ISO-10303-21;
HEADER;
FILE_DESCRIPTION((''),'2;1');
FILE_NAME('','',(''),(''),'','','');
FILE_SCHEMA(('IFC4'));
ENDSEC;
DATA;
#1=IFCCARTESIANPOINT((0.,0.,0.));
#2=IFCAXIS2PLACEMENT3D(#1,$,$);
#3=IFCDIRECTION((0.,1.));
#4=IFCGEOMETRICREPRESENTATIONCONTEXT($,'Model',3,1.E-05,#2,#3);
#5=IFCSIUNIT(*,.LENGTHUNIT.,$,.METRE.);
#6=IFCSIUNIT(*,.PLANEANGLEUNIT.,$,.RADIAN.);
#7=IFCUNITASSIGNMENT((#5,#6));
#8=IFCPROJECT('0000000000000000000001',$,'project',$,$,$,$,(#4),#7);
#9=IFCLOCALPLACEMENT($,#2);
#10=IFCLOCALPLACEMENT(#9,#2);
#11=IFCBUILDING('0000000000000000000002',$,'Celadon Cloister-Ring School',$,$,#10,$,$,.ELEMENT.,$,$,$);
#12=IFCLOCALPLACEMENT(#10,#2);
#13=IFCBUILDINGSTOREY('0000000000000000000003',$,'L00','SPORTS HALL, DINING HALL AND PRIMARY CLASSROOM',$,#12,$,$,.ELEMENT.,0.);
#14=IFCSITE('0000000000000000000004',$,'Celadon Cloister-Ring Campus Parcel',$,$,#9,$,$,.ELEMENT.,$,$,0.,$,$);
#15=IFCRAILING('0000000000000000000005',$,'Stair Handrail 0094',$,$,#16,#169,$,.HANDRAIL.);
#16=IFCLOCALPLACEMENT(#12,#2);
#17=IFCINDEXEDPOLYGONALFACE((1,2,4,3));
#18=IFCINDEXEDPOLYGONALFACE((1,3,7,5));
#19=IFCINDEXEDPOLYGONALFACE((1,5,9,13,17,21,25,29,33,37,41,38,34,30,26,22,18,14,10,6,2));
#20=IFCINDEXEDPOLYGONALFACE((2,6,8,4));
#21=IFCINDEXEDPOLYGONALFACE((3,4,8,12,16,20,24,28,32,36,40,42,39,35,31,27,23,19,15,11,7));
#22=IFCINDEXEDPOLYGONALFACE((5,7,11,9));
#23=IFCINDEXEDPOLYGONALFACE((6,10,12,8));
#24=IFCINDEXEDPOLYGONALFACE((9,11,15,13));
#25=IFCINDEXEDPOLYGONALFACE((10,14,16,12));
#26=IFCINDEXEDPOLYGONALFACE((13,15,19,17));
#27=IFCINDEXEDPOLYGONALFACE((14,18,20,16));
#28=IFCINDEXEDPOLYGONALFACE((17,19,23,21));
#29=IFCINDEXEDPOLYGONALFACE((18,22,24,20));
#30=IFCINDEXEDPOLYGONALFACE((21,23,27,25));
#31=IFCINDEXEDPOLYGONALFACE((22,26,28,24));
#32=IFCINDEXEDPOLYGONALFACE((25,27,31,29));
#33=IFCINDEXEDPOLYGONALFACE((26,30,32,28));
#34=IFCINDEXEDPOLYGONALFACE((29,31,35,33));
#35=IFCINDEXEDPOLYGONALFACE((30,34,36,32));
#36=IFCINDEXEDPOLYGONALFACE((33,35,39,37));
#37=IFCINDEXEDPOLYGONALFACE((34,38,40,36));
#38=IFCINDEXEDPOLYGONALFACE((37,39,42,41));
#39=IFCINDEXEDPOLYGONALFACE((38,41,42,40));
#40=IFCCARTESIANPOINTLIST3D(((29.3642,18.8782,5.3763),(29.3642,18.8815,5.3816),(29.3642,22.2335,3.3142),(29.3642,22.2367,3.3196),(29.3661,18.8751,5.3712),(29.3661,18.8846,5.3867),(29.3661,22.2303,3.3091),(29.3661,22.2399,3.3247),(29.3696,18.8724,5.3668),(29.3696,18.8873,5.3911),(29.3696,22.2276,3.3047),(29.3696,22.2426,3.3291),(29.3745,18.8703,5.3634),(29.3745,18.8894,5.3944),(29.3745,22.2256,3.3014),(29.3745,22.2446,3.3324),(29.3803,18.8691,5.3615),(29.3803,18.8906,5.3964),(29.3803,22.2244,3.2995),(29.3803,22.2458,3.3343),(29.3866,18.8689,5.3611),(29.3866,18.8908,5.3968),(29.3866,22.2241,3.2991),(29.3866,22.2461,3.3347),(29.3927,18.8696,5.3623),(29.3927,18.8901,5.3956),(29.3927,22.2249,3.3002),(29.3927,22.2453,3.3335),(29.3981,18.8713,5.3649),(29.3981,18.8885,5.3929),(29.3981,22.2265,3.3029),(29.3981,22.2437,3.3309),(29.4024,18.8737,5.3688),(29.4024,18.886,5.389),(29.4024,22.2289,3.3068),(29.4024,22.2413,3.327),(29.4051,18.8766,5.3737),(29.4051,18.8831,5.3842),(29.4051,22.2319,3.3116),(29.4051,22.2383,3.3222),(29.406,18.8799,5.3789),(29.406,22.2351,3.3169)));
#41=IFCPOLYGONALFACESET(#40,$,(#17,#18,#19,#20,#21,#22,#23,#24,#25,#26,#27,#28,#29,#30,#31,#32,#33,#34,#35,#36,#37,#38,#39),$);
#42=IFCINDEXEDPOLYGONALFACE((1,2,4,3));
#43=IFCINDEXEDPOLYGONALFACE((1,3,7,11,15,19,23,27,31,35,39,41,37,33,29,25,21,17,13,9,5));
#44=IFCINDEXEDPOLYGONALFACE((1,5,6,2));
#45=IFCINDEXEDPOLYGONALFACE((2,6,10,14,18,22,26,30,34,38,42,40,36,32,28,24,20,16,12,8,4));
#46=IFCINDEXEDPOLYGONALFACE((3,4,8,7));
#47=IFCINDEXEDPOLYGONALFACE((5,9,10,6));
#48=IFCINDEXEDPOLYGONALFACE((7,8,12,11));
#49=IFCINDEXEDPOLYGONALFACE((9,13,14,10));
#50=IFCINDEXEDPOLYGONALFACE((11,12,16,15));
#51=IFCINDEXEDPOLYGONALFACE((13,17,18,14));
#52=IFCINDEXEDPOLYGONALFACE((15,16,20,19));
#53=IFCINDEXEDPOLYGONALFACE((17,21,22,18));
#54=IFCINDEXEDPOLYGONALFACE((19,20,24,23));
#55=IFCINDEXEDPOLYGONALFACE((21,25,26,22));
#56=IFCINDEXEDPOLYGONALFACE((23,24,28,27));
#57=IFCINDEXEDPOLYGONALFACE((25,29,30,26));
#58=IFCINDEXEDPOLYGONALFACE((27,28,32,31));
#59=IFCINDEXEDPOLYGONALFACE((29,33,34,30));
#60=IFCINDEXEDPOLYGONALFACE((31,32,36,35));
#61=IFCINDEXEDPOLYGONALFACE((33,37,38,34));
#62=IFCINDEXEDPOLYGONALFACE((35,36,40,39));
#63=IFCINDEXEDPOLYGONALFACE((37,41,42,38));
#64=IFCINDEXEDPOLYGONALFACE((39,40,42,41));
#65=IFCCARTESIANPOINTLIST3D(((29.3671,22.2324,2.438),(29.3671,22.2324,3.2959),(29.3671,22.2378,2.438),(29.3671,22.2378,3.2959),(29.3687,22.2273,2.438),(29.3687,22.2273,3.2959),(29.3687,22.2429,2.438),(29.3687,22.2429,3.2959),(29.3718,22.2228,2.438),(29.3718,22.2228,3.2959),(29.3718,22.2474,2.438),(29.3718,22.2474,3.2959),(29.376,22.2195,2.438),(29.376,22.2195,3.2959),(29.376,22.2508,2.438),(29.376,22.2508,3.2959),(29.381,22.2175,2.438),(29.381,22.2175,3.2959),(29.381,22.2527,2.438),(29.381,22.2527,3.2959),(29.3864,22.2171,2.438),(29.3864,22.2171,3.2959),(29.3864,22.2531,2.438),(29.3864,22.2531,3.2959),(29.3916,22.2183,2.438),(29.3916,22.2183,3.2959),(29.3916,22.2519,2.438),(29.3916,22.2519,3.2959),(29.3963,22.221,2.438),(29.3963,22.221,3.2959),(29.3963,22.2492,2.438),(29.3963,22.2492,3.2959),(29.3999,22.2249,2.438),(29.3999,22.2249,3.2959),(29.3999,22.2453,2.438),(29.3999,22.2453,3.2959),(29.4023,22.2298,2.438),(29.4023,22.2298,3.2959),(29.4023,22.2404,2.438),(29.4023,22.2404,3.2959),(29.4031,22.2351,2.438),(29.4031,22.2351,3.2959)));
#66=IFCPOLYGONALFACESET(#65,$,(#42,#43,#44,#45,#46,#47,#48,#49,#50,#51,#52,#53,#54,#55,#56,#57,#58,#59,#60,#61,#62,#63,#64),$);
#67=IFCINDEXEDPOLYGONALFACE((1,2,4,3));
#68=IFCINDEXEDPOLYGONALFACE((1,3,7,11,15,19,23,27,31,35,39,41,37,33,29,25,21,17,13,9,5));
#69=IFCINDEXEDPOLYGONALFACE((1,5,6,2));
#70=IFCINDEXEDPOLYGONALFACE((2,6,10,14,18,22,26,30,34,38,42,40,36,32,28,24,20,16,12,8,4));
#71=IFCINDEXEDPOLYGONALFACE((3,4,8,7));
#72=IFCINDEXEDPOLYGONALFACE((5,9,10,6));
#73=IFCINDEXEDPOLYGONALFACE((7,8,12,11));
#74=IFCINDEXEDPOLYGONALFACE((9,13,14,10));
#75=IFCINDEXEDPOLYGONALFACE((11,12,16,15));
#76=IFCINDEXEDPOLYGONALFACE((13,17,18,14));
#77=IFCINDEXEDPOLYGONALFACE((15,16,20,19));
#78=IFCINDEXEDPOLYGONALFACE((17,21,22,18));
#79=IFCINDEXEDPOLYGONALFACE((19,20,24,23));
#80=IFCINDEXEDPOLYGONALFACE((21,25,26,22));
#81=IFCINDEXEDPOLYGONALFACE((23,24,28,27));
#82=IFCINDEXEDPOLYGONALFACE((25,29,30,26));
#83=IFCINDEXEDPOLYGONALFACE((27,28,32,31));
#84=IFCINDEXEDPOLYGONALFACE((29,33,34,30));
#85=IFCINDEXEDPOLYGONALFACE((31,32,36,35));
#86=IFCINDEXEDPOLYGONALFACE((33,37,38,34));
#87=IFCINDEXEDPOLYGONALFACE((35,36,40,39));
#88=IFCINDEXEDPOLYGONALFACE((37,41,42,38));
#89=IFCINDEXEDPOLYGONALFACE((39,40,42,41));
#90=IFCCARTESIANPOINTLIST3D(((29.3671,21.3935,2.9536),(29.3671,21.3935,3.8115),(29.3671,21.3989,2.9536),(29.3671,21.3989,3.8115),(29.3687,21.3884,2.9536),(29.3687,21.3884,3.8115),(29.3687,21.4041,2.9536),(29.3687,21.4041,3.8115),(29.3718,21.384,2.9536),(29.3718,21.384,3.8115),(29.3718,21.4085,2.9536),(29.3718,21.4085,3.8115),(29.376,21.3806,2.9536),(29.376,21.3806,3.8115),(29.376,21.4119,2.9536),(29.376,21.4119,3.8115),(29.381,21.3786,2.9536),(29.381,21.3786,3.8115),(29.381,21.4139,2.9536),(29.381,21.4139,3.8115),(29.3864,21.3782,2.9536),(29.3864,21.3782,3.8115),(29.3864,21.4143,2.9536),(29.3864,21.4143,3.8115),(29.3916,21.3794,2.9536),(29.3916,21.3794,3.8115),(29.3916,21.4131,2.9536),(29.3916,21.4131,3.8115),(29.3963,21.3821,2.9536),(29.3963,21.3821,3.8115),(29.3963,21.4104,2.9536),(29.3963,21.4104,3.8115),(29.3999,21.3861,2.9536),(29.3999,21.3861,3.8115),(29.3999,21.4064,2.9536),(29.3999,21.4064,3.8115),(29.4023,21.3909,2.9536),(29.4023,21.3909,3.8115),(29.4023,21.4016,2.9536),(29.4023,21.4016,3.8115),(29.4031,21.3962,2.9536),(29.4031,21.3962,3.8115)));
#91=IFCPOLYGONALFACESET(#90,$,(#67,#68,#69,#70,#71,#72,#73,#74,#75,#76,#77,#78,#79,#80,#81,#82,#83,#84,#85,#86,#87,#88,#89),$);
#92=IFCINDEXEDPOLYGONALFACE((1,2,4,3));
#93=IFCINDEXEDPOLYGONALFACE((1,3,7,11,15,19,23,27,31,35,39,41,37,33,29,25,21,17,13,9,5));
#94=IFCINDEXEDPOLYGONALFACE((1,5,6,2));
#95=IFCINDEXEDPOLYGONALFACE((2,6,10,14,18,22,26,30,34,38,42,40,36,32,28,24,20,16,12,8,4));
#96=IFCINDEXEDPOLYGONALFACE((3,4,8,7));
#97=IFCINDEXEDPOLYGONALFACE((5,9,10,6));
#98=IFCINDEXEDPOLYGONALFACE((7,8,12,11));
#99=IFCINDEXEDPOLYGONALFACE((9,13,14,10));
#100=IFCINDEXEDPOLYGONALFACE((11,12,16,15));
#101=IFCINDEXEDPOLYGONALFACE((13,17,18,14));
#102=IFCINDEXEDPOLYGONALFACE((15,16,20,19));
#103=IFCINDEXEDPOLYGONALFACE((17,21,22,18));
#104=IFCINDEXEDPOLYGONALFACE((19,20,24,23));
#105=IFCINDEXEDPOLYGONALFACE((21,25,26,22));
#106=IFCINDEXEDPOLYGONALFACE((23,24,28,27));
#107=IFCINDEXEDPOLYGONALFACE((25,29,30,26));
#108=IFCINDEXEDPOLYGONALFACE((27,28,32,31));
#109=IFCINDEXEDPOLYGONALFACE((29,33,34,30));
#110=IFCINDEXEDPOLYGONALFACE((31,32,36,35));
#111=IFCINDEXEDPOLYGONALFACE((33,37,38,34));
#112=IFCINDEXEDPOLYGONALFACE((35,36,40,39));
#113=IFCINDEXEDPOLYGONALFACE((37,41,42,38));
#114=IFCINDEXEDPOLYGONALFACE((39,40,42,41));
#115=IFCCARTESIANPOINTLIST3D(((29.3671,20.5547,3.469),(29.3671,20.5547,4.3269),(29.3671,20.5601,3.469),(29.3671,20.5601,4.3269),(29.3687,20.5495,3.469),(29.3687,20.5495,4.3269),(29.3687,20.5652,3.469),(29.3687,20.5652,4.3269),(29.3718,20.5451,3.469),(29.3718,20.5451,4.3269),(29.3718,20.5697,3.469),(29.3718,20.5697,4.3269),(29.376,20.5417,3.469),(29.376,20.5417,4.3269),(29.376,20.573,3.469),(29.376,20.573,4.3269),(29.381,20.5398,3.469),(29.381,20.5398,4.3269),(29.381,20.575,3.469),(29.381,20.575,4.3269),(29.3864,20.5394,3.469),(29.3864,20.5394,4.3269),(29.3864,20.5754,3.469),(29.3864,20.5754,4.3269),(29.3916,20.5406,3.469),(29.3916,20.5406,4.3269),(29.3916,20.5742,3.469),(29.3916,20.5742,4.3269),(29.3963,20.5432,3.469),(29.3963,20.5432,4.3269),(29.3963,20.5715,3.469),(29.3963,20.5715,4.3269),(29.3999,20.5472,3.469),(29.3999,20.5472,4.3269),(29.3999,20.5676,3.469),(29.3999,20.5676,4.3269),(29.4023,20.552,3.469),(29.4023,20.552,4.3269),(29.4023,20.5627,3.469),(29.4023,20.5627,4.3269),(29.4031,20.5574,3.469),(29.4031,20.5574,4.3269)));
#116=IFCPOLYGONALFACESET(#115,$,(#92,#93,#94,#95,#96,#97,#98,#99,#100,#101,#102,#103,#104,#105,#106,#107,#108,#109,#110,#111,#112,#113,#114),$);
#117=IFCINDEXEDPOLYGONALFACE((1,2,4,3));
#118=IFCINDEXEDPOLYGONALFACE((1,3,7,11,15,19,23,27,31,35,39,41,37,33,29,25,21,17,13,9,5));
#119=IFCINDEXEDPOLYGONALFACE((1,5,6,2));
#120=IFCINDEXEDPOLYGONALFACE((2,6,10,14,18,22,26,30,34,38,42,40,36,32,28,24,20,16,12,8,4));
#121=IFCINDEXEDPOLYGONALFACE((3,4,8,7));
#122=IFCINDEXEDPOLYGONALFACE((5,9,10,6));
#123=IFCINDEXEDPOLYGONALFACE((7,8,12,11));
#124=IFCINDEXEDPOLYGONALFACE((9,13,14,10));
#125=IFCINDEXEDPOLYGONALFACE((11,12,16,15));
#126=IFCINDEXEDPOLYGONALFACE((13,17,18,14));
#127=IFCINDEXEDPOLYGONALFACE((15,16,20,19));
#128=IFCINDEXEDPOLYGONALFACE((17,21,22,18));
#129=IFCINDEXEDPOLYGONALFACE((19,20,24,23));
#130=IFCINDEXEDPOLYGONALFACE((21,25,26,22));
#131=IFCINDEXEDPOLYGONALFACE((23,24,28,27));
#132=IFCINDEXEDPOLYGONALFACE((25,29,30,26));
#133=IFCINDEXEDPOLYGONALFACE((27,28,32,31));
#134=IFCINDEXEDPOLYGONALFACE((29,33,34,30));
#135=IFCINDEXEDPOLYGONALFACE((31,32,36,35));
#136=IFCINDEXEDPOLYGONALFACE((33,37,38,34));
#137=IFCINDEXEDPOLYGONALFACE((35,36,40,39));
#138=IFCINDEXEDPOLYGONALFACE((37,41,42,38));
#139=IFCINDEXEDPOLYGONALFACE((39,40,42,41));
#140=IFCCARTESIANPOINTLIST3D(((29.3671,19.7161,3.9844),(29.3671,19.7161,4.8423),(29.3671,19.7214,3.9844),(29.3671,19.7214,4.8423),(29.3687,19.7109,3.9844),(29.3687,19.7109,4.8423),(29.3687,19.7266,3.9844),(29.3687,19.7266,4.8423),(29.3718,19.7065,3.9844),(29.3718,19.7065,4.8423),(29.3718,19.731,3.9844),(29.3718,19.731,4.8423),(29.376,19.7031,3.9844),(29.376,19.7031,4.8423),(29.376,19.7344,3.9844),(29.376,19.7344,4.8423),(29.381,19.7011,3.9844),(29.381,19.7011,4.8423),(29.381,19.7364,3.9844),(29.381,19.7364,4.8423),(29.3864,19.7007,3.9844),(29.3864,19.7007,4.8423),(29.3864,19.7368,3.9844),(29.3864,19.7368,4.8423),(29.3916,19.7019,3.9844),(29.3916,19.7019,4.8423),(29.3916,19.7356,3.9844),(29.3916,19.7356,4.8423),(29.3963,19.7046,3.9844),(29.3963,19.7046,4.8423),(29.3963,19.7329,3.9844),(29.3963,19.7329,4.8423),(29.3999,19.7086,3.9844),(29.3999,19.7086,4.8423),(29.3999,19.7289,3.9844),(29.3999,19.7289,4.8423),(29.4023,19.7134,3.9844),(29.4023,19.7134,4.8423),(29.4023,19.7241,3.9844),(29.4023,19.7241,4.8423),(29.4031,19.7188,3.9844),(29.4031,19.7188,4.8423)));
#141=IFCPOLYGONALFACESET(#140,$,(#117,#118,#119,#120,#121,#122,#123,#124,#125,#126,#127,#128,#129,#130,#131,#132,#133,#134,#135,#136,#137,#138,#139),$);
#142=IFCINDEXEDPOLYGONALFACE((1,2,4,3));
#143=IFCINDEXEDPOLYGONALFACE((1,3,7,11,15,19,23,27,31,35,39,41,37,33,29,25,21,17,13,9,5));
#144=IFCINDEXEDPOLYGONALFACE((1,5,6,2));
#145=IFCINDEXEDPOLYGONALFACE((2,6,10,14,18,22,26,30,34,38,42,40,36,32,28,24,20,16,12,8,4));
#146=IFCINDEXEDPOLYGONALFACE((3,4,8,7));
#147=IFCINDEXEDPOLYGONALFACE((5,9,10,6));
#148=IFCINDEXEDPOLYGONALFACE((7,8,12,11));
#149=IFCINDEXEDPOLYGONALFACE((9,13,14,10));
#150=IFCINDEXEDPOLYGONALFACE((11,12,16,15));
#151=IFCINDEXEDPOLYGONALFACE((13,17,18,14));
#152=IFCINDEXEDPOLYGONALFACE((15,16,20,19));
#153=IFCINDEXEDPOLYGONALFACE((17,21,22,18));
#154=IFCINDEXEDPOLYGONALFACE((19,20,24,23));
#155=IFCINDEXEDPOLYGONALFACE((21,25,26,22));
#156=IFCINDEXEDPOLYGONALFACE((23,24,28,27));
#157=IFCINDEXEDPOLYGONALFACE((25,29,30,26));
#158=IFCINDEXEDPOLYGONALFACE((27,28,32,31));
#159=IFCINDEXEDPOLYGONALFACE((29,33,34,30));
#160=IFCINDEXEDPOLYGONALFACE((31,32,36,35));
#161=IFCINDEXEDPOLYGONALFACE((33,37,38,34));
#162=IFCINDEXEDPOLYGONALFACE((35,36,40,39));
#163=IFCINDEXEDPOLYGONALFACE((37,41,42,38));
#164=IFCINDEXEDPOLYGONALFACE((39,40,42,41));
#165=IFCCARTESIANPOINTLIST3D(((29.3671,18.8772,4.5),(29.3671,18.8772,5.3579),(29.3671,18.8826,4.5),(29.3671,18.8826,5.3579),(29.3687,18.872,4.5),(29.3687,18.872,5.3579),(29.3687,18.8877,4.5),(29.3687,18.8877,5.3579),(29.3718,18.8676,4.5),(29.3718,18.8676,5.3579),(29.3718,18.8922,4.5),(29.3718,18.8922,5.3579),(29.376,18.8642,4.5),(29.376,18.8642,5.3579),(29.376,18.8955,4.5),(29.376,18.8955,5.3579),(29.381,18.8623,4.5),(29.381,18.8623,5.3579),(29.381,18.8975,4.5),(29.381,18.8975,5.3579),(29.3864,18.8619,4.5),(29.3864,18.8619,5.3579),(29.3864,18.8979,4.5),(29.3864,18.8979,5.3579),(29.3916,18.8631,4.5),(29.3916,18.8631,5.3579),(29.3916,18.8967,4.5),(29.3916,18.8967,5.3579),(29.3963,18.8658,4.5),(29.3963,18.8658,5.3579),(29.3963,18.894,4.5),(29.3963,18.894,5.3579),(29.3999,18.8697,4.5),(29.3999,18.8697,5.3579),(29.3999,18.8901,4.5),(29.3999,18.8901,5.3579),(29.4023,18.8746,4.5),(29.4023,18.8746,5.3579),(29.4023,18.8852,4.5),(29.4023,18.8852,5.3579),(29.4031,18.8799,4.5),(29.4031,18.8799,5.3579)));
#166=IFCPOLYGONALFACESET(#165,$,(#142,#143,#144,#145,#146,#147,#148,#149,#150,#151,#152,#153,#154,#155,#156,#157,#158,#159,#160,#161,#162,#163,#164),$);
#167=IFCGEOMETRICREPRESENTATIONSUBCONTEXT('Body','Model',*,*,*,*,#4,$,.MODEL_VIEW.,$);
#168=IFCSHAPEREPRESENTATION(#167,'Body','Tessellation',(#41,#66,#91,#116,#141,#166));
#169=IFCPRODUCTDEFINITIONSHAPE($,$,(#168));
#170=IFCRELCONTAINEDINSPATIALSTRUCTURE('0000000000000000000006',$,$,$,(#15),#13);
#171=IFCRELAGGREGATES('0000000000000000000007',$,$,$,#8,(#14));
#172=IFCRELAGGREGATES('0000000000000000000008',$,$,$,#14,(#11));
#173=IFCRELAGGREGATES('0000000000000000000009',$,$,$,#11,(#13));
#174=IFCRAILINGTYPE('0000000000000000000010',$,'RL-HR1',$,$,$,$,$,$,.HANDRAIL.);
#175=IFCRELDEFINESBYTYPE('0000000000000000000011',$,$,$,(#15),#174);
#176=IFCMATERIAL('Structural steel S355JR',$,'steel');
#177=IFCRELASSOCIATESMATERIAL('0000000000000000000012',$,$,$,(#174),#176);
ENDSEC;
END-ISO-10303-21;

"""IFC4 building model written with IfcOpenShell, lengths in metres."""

from ifc_helpers import new_model, si_unit, direction, frame, origin, origin_2d, place, context, subcontext, project, spatial, circle, extrude, material, type_object, element, save


model = new_model("IFC4")

# Units and contexts
model_context = context("Model", 3, precision=1e-05, world=origin(), true_north=direction((0.0, 1.0)))
body_context = subcontext(model_context, "Body", "Model", "MODEL_VIEW")
ifc_project = project(units=[si_unit("LENGTHUNIT", "METRE"), si_unit("PLANEANGLEUNIT", "RADIAN")], contexts=[model_context])

# Site, building, storey
site_placement = place(None, origin())
site = spatial("IfcSite", under=ifc_project, at=site_placement, Name="Celadon Cloister-Ring Campus Parcel", CompositionType="ELEMENT", RefElevation=0.0)
building_placement = place(site_placement, origin())
building = spatial("IfcBuilding", under=site, at=building_placement, Name="Celadon Cloister-Ring School", CompositionType="ELEMENT")
storey_placement = place(building_placement, origin())
storey = spatial("IfcBuildingStorey", under=building, at=storey_placement, Name="L00", Description="SPORTS HALL, DINING HALL AND PRIMARY CLASSROOM", CompositionType="ELEMENT", Elevation=0.0)

# Railing
ifc_material_1 = material(Name="Structural steel S355JR", Category="steel")
railing_type_1 = type_object("IfcRailingType", Name="RL-HR1", PredefinedType="HANDRAIL", material=ifc_material_1)
for number, where, name in (
    (1, (29.385, 22.2351, 2.438), "Stair Handrail 0094"),
):
    element("IfcRailing", number, at=place(storey_placement, frame(where)), inside=storey, type_object=railing_type_1, Name=name, PredefinedType="HANDRAIL", context=body_context, shape_type="SweptSolid", body=[
        extrude(circle(Radius=0.021, at=origin_2d()), frame((0.0, 0.0, 0.8789), z_axis=(0.0, -0.851969, 0.523592), x_axis=(1.0, 0.0, 0.0)), (0.0, 0.0, 1.0), 3.9382),
        extrude(circle(Radius=0.0181, at=origin_2d()), origin(), (0.0, 0.0, 1.0), 0.8579),
        extrude(circle(Radius=0.0181, at=origin_2d()), frame((0.0, -0.8389, 0.5156)), (0.0, 0.0, 1.0), 0.8579),
        extrude(circle(Radius=0.0181, at=origin_2d()), frame((0.0, -1.6777, 1.031)), (0.0, 0.0, 1.0), 0.8579),
        extrude(circle(Radius=0.0181, at=origin_2d()), frame((0.0, -2.5164, 1.5464)), (0.0, 0.0, 1.0), 0.8579),
        extrude(circle(Radius=0.0181, at=origin_2d()), frame((0.0, -3.3552, 2.062)), (0.0, 0.0, 1.0), 0.8579),
    ])

save(model, "model.ifc")
